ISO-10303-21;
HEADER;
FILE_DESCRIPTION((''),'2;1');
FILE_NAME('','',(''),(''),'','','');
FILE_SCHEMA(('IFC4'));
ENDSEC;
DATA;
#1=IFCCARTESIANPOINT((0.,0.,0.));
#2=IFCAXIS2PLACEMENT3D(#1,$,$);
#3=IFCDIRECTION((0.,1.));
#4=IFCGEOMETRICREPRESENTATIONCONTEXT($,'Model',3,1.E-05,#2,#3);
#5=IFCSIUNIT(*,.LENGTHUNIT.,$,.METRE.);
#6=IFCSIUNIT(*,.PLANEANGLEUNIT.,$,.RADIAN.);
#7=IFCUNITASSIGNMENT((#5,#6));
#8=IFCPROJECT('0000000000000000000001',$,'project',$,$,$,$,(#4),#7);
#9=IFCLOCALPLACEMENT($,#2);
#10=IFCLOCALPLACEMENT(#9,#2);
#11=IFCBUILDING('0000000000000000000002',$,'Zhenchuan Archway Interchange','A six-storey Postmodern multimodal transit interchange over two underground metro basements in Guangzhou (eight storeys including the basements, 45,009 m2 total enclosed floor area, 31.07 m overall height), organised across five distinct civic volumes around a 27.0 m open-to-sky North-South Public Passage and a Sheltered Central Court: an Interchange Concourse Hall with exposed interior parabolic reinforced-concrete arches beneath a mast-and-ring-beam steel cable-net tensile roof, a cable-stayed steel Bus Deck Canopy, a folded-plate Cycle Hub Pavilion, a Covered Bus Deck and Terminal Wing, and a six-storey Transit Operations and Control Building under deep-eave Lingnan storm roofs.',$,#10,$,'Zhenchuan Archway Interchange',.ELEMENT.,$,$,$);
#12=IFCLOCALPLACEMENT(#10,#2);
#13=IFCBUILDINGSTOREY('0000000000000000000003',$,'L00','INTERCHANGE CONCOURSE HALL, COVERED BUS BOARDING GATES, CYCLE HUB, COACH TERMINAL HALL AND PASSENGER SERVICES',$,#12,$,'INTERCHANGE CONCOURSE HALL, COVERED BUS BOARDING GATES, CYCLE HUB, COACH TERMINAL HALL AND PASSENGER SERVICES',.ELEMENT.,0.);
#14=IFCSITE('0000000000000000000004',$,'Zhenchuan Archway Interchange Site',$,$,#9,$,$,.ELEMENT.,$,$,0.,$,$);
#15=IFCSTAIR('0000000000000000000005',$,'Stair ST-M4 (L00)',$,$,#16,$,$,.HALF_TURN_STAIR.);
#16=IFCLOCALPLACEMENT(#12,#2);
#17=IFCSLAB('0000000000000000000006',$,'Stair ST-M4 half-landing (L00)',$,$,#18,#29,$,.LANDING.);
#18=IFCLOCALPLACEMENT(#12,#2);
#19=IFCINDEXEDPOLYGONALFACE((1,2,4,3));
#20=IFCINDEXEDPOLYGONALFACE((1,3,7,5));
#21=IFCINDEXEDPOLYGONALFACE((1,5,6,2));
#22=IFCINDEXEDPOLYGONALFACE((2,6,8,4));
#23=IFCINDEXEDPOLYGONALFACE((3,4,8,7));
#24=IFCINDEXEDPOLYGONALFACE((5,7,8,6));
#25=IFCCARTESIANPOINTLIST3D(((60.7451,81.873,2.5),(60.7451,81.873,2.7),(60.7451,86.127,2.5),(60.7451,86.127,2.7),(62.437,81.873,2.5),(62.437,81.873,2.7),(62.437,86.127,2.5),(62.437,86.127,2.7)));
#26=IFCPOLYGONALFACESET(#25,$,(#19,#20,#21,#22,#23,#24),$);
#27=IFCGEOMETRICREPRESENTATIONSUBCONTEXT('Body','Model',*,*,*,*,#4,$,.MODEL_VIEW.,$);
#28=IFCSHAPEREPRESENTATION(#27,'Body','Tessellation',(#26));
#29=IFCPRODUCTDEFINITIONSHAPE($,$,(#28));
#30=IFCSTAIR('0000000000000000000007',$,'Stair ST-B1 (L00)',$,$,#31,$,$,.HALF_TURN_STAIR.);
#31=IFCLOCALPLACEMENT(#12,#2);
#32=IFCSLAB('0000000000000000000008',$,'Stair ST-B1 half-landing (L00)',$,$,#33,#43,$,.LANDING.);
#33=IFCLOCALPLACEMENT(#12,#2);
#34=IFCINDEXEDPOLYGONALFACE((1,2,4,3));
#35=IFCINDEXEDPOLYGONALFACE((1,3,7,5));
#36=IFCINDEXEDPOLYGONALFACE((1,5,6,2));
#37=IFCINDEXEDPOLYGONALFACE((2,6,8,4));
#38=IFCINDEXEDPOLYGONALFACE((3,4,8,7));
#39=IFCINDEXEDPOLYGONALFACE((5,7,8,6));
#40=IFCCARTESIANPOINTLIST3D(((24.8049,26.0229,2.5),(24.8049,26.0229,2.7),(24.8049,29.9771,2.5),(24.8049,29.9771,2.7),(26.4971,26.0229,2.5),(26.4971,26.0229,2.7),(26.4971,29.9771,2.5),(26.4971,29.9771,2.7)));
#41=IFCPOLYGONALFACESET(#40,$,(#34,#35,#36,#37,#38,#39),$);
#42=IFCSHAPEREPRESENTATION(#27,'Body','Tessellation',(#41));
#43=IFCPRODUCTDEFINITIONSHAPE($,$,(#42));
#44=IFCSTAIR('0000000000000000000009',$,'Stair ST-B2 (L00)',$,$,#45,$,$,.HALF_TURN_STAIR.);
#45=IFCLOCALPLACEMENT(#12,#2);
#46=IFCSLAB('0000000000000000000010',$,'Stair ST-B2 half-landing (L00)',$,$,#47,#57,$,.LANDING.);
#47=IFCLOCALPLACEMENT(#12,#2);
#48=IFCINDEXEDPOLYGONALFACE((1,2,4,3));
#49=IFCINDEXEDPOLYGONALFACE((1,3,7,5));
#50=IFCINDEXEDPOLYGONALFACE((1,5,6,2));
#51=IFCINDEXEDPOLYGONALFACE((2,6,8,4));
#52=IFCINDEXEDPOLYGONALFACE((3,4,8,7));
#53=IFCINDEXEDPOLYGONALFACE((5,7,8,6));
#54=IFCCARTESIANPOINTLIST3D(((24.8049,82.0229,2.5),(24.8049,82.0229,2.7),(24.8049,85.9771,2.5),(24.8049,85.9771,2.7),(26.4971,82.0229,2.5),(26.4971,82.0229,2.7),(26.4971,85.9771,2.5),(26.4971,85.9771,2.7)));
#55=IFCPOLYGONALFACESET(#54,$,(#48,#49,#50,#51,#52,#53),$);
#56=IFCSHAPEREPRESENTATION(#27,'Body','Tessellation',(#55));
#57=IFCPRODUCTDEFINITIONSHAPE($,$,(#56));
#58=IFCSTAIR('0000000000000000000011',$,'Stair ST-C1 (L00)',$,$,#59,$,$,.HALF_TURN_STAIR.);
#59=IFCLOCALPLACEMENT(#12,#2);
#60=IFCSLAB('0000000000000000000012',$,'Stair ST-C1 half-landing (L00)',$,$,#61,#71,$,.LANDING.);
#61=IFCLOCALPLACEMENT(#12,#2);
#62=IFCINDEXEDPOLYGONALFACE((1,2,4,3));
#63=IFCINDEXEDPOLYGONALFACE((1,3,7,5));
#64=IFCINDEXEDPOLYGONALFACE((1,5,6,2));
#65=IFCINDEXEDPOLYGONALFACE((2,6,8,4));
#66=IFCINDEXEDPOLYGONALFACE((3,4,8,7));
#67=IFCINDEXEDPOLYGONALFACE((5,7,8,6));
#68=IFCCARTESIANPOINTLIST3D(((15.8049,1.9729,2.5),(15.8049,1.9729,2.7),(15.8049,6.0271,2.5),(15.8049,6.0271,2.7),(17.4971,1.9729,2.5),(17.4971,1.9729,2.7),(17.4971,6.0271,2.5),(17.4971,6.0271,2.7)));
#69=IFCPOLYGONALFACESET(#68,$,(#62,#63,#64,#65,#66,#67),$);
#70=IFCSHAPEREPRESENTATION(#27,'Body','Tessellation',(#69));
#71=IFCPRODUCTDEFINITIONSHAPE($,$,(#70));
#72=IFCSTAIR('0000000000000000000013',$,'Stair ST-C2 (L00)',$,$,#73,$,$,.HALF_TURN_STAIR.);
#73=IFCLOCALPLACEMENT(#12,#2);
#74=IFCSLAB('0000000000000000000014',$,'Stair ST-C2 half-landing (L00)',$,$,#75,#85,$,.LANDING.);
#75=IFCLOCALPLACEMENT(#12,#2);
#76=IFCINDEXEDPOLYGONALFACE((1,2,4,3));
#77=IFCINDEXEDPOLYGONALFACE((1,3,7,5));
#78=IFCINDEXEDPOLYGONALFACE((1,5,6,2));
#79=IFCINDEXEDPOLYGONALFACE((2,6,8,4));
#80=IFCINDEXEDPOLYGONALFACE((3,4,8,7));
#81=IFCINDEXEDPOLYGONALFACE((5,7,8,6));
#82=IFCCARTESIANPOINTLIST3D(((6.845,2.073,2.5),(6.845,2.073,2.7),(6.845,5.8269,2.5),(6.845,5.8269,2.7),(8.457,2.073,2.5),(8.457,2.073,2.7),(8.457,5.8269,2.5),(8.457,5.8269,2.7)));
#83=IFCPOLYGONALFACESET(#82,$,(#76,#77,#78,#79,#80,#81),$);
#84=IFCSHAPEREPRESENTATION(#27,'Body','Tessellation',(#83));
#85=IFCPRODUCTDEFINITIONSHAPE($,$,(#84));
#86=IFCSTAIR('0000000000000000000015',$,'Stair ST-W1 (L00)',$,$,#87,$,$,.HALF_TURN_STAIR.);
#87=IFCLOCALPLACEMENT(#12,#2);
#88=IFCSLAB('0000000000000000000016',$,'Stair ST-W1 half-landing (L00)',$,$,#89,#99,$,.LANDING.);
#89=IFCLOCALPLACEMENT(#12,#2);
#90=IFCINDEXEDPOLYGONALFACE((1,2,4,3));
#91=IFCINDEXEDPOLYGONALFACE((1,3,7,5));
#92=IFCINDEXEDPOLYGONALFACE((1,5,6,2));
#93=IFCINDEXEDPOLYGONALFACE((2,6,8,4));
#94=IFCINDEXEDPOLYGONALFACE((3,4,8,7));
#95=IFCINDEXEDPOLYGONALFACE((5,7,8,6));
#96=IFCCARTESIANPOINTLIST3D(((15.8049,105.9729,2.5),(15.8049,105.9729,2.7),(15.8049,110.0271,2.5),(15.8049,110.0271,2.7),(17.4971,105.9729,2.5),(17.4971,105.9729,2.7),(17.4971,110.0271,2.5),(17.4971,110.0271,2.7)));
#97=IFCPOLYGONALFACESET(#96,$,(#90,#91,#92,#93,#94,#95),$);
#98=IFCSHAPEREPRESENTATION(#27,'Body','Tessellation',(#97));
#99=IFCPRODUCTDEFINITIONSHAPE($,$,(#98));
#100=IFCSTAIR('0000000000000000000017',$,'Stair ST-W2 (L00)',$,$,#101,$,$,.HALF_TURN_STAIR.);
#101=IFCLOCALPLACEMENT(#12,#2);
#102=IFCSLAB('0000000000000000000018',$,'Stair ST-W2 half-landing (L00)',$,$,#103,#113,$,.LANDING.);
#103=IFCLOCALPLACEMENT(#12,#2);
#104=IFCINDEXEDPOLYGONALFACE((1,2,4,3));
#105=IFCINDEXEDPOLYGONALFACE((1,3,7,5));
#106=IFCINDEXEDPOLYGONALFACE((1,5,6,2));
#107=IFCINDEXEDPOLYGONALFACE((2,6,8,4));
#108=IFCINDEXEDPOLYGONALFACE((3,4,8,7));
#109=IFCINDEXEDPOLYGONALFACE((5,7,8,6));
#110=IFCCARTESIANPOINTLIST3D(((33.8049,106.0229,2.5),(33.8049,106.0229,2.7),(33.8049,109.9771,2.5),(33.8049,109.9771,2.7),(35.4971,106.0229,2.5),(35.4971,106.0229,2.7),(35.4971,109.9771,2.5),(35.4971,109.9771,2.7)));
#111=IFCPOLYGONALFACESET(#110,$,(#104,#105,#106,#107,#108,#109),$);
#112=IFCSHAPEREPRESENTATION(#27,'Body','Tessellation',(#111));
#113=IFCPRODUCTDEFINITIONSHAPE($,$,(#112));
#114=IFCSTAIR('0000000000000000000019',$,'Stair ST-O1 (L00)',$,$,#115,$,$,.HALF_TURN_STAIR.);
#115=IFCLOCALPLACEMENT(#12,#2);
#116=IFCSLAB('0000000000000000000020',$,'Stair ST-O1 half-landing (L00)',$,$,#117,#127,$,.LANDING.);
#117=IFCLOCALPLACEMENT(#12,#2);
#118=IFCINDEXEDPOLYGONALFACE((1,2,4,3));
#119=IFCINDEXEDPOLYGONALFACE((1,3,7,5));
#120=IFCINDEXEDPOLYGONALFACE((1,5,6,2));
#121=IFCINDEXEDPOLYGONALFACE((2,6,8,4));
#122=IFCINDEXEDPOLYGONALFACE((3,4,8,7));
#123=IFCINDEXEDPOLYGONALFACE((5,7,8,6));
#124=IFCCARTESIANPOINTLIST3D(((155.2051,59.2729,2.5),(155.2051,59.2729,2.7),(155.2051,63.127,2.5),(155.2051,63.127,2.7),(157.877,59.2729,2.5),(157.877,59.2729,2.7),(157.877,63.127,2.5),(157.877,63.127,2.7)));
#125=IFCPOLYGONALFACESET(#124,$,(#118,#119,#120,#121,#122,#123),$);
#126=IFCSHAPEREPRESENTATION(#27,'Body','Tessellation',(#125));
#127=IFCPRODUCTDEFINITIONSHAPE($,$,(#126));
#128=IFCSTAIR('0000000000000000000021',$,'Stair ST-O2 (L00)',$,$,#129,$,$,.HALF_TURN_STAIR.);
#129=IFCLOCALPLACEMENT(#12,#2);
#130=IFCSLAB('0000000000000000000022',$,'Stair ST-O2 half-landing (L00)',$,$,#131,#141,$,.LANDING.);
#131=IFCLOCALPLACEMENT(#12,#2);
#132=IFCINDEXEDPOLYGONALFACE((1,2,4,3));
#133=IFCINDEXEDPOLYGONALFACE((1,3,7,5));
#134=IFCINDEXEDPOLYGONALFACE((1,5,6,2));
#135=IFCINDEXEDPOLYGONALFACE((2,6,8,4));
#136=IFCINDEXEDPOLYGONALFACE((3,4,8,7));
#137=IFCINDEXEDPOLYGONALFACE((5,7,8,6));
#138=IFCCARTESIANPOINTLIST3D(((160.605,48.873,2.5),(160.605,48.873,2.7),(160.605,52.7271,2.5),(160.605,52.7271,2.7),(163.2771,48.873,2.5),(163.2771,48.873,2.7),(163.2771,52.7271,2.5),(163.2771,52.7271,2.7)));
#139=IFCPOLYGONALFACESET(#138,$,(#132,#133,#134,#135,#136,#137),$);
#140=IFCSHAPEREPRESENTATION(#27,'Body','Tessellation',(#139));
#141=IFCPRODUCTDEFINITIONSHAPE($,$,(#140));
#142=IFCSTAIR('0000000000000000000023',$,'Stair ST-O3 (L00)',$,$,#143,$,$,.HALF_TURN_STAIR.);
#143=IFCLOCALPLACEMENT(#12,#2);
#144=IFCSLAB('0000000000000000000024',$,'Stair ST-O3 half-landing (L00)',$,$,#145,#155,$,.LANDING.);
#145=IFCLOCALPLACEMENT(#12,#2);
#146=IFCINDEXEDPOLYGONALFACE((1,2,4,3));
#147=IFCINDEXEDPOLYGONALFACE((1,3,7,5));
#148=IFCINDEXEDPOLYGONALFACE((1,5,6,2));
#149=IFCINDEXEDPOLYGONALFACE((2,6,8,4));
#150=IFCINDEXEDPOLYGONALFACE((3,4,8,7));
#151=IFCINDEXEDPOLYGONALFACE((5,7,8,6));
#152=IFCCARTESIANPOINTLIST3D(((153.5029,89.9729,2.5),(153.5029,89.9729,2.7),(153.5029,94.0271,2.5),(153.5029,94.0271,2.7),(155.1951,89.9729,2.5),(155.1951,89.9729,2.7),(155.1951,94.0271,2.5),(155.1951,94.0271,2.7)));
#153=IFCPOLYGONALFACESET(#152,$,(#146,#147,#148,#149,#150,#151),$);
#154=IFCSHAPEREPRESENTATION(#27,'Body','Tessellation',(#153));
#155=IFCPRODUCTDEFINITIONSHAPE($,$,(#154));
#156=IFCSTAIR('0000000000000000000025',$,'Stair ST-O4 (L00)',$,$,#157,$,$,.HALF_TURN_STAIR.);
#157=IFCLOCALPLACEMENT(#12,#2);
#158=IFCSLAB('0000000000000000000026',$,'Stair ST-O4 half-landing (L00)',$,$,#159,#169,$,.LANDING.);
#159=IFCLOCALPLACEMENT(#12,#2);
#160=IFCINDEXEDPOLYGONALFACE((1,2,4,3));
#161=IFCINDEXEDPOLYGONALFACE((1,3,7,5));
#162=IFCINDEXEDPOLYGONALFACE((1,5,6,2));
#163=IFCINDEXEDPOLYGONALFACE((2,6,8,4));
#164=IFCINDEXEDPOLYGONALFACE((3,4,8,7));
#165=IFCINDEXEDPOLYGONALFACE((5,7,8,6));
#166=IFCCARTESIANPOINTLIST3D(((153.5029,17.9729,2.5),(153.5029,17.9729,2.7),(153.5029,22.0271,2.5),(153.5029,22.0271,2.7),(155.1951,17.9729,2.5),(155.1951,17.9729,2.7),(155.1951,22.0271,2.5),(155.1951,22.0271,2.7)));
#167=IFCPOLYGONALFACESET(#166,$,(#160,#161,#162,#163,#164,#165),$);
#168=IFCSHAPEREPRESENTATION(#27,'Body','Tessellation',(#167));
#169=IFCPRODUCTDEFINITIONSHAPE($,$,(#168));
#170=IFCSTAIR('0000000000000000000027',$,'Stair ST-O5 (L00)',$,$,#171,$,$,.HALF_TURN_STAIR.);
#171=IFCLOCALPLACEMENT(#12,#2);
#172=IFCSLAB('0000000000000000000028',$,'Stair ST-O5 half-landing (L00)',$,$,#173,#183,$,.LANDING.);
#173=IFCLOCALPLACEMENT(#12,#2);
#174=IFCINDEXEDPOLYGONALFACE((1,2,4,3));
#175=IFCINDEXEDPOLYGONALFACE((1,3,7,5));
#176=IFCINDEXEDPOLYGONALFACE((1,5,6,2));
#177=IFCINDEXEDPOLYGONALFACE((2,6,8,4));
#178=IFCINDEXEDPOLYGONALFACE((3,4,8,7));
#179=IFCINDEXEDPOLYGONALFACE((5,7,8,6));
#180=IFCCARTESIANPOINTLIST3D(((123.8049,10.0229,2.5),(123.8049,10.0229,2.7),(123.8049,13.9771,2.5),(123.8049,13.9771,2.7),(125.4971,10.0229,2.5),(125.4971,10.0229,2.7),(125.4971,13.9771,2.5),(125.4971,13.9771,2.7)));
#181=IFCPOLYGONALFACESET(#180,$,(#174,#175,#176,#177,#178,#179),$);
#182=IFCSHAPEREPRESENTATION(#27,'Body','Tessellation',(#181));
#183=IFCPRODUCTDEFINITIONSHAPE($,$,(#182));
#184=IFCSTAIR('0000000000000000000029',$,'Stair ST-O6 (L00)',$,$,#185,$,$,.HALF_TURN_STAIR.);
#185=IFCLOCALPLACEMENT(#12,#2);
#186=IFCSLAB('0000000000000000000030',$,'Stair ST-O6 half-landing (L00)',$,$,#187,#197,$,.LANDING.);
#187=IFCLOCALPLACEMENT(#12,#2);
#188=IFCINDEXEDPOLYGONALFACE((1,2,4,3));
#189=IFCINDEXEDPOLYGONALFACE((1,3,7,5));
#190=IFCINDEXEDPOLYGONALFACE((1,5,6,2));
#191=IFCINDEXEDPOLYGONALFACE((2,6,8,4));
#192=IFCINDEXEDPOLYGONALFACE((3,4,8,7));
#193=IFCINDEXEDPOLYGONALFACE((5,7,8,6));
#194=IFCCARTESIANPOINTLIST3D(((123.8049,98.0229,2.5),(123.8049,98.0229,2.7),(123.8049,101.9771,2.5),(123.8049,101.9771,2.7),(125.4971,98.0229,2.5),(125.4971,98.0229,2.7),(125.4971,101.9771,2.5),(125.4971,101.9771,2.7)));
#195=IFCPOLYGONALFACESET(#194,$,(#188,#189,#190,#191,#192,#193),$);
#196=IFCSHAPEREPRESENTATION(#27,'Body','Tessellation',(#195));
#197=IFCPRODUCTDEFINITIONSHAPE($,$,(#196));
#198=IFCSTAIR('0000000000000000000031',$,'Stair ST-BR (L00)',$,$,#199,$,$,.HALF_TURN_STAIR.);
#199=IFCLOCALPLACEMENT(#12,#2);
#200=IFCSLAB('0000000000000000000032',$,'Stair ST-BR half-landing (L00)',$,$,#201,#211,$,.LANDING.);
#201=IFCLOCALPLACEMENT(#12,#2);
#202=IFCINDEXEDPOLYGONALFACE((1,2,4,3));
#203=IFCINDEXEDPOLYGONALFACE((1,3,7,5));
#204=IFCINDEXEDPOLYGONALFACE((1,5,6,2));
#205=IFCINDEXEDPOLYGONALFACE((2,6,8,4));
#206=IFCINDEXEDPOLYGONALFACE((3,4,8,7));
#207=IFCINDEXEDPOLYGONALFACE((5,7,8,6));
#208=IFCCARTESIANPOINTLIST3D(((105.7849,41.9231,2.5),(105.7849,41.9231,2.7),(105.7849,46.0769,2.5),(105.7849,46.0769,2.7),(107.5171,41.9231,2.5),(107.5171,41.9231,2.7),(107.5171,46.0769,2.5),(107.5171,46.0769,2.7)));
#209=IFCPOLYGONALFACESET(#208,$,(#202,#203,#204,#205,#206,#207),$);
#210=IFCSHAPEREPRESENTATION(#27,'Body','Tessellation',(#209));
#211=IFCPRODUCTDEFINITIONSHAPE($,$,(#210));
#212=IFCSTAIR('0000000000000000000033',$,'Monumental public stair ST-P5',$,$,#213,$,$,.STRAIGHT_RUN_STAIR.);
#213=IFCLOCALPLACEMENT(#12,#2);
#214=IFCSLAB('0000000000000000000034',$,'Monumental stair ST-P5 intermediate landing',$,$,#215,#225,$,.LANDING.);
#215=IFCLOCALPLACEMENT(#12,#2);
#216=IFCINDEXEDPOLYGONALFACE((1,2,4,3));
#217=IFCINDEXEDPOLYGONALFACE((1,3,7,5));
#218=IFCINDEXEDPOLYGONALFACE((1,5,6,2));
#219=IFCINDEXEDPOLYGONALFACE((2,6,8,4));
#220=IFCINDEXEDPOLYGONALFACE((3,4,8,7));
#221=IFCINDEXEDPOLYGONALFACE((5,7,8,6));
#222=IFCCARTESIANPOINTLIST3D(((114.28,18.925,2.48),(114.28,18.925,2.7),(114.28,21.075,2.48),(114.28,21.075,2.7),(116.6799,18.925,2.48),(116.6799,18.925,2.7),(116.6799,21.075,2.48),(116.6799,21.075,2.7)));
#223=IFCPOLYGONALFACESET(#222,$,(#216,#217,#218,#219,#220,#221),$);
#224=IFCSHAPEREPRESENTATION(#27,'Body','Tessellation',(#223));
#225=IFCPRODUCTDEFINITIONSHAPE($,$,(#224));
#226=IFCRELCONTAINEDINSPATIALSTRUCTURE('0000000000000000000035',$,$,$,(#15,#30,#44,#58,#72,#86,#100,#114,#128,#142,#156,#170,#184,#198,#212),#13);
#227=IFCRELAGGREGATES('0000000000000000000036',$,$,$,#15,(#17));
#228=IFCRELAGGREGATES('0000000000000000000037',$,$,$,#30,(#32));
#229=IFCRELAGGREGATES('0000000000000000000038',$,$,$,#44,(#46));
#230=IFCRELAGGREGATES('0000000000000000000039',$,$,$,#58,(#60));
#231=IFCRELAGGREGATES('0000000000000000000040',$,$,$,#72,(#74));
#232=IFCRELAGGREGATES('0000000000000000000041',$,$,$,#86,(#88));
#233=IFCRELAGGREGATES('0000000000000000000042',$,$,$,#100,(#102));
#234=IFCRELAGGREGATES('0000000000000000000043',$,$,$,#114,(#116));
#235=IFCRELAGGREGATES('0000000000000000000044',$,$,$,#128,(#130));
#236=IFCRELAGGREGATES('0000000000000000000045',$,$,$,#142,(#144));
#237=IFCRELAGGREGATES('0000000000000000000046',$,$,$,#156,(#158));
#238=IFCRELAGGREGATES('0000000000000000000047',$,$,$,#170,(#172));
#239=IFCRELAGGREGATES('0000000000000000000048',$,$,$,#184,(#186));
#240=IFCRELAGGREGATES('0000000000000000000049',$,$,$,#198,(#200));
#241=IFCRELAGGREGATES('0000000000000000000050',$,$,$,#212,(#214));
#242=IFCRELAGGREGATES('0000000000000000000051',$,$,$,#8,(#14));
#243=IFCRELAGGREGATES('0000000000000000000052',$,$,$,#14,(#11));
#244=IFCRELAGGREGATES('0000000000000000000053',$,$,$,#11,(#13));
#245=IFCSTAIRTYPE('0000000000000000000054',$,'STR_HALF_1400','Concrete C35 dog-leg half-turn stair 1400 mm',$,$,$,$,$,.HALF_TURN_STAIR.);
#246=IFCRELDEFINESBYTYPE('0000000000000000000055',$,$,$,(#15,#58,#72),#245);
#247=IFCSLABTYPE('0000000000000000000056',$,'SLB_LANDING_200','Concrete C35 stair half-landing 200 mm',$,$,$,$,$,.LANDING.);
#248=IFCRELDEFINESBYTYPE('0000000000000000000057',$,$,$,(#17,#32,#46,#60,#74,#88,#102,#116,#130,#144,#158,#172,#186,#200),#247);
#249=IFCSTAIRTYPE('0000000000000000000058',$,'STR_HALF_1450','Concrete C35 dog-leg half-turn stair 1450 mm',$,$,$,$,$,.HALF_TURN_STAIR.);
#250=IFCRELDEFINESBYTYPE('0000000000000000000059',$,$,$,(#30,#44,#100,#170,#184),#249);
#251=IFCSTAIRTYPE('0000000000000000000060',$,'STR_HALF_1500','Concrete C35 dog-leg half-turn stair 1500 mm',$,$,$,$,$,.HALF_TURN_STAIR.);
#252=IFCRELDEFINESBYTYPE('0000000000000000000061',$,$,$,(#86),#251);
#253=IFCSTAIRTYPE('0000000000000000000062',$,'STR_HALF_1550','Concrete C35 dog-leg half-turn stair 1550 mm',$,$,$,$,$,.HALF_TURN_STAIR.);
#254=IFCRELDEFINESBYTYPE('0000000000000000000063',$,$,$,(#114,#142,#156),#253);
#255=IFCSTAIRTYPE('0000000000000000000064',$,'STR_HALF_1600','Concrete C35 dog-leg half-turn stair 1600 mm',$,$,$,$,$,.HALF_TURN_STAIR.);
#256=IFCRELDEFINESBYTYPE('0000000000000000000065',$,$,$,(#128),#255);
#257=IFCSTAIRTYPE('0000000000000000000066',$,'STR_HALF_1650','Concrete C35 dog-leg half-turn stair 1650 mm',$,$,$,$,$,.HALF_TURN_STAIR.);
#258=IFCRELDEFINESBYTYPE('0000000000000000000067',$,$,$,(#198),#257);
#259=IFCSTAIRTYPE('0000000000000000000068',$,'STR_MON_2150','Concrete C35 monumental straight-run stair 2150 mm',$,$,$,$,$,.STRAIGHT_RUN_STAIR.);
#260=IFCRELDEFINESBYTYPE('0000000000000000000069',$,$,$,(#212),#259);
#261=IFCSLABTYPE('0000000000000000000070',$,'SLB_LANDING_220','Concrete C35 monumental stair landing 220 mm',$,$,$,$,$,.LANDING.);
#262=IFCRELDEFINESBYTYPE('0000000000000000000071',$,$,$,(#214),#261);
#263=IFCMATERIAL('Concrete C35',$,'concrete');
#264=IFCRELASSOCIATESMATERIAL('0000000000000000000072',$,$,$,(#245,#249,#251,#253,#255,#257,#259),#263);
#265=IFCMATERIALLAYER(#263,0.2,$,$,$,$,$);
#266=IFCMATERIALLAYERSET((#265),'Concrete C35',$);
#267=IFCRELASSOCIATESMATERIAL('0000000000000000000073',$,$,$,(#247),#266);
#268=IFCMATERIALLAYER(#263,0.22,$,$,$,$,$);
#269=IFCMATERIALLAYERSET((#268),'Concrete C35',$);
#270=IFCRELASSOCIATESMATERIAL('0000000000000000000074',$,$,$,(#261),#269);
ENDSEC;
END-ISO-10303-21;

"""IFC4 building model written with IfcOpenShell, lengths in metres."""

from ifc_helpers import new_model, si_unit, direction, frame, origin, place, context, subcontext, project, spatial, polyline, outline, extrude, material, layer, layer_set, type_object, element, aggregate, save


model = new_model("IFC4")

# Units and contexts
model_context = context("Model", 3, precision=1e-05, world=origin(), true_north=direction((0.0, 1.0)))
body_context = subcontext(model_context, "Body", "Model", "MODEL_VIEW")
ifc_project = project(units=[si_unit("LENGTHUNIT", "METRE"), si_unit("PLANEANGLEUNIT", "RADIAN")], contexts=[model_context])

# Site, building, storey
site_placement = place(None, origin())
site = spatial("IfcSite", under=ifc_project, at=site_placement, Name="Zhenchuan Archway Interchange Site", CompositionType="ELEMENT", RefElevation=0.0)
building_placement = place(site_placement, origin())
building = spatial("IfcBuilding", under=site, at=building_placement, Name="Zhenchuan Archway Interchange", Description="A six-storey Postmodern multimodal transit interchange over two underground metro basements in Guangzhou (eight storeys including the basements, 45,009 m2 total enclosed floor area, 31.07 m overall height), organised across five distinct civic volumes around a 27.0 m open-to-sky North-South Public Passage and a Sheltered Central Court: an Interchange Concourse Hall with exposed interior parabolic reinforced-concrete arches beneath a mast-and-ring-beam steel cable-net tensile roof, a cable-stayed steel Bus Deck Canopy, a folded-plate Cycle Hub Pavilion, a Covered Bus Deck and Terminal Wing, and a six-storey Transit Operations and Control Building under deep-eave Lingnan storm roofs.", LongName="Zhenchuan Archway Interchange", CompositionType="ELEMENT")
storey_placement = place(building_placement, origin())
storey = spatial("IfcBuildingStorey", under=building, at=storey_placement, Name="L00", Description="INTERCHANGE CONCOURSE HALL, COVERED BUS BOARDING GATES, CYCLE HUB, COACH TERMINAL HALL AND PASSENGER SERVICES", LongName="INTERCHANGE CONCOURSE HALL, COVERED BUS BOARDING GATES, CYCLE HUB, COACH TERMINAL HALL AND PASSENGER SERVICES", CompositionType="ELEMENT", Elevation=0.0)

# Stairs, slabs
ifc_material_1 = material(Name="Concrete C35", Category="concrete")
stair_type_1 = type_object("IfcStairType", Name="STR_HALF_1400", Description="Concrete C35 dog-leg half-turn stair 1400 mm", PredefinedType="HALF_TURN_STAIR", material=ifc_material_1)
stair_1_placement = place(storey_placement, origin())
stair_1 = element("IfcStair", 1, at=stair_1_placement, inside=storey, type_object=stair_type_1, Name="Stair ST-M4 (L00)", PredefinedType="HALF_TURN_STAIR")
ifc_layer_1 = layer(ifc_material_1, 0.2)
ifc_layer_set_1 = layer_set([ifc_layer_1], Name="Concrete C35")
slab_type_1 = type_object("IfcSlabType", Name="SLB_LANDING_200", Description="Concrete C35 stair half-landing 200 mm", PredefinedType="LANDING", material=ifc_layer_set_1)
slab_1_placement = place(storey_placement, frame((0.0, 0.0, 2.5)))
slab_1 = element("IfcSlab", 2, at=slab_1_placement, type_object=slab_type_1, Name="Stair ST-M4 half-landing (L00)", PredefinedType="LANDING", context=body_context, shape_type="SweptSolid", body=[
    extrude(outline(polyline([(60.7451, 81.873), (62.437, 81.873), (62.437, 86.127), (60.7451, 86.127), (60.7451, 81.873)])), origin(), (0.0, 0.0, 1.0), 0.2),
])
aggregate(stair_1, [slab_1])
stair_type_2 = type_object("IfcStairType", Name="STR_HALF_1450", Description="Concrete C35 dog-leg half-turn stair 1450 mm", PredefinedType="HALF_TURN_STAIR", material=ifc_material_1)
stair_2_placement = place(storey_placement, origin())
stair_2 = element("IfcStair", 3, at=stair_2_placement, inside=storey, type_object=stair_type_2, Name="Stair ST-B1 (L00)", PredefinedType="HALF_TURN_STAIR")
slab_2_placement = place(storey_placement, frame((0.0, 0.0, 2.5)))
slab_2 = element("IfcSlab", 4, at=slab_2_placement, type_object=slab_type_1, Name="Stair ST-B1 half-landing (L00)", PredefinedType="LANDING", context=body_context, shape_type="SweptSolid", body=[
    extrude(outline(polyline([(24.8049, 26.0229), (26.4971, 26.0229), (26.4971, 29.9771), (24.8049, 29.9771), (24.8049, 26.0229)])), origin(), (0.0, 0.0, 1.0), 0.2),
])
aggregate(stair_2, [slab_2])
stair_3_placement = place(storey_placement, origin())
stair_3 = element("IfcStair", 5, at=stair_3_placement, inside=storey, type_object=stair_type_2, Name="Stair ST-B2 (L00)", PredefinedType="HALF_TURN_STAIR")
slab_3_placement = place(storey_placement, frame((0.0, 0.0, 2.5)))
slab_3 = element("IfcSlab", 6, at=slab_3_placement, type_object=slab_type_1, Name="Stair ST-B2 half-landing (L00)", PredefinedType="LANDING", context=body_context, shape_type="SweptSolid", body=[
    extrude(outline(polyline([(24.8049, 82.0229), (26.4971, 82.0229), (26.4971, 85.9771), (24.8049, 85.9771), (24.8049, 82.0229)])), origin(), (0.0, 0.0, 1.0), 0.2),
])
aggregate(stair_3, [slab_3])
stair_4_placement = place(storey_placement, origin())
stair_4 = element("IfcStair", 7, at=stair_4_placement, inside=storey, type_object=stair_type_1, Name="Stair ST-C1 (L00)", PredefinedType="HALF_TURN_STAIR")
slab_4_placement = place(storey_placement, frame((0.0, 0.0, 2.5)))
slab_4 = element("IfcSlab", 8, at=slab_4_placement, type_object=slab_type_1, Name="Stair ST-C1 half-landing (L00)", PredefinedType="LANDING", context=body_context, shape_type="SweptSolid", body=[
    extrude(outline(polyline([(15.8049, 1.9729), (17.4971, 1.9729), (17.4971, 6.0271), (15.8049, 6.0271), (15.8049, 1.9729)])), origin(), (0.0, 0.0, 1.0), 0.2),
])
aggregate(stair_4, [slab_4])
stair_5_placement = place(storey_placement, origin())
stair_5 = element("IfcStair", 9, at=stair_5_placement, inside=storey, type_object=stair_type_1, Name="Stair ST-C2 (L00)", PredefinedType="HALF_TURN_STAIR")
slab_5_placement = place(storey_placement, frame((0.0, 0.0, 2.5)))
slab_5 = element("IfcSlab", 10, at=slab_5_placement, type_object=slab_type_1, Name="Stair ST-C2 half-landing (L00)", PredefinedType="LANDING", context=body_context, shape_type="SweptSolid", body=[
    extrude(outline(polyline([(6.845, 2.073), (8.457, 2.073), (8.457, 5.8269), (6.845, 5.8269), (6.845, 2.073)])), origin(), (0.0, 0.0, 1.0), 0.2),
])
aggregate(stair_5, [slab_5])
stair_type_3 = type_object("IfcStairType", Name="STR_HALF_1500", Description="Concrete C35 dog-leg half-turn stair 1500 mm", PredefinedType="HALF_TURN_STAIR", material=ifc_material_1)
stair_6_placement = place(storey_placement, origin())
stair_6 = element("IfcStair", 11, at=stair_6_placement, inside=storey, type_object=stair_type_3, Name="Stair ST-W1 (L00)", PredefinedType="HALF_TURN_STAIR")
slab_6_placement = place(storey_placement, frame((0.0, 0.0, 2.5)))
slab_6 = element("IfcSlab", 12, at=slab_6_placement, type_object=slab_type_1, Name="Stair ST-W1 half-landing (L00)", PredefinedType="LANDING", context=body_context, shape_type="SweptSolid", body=[
    extrude(outline(polyline([(15.8049, 105.9729), (17.4971, 105.9729), (17.4971, 110.0271), (15.8049, 110.0271), (15.8049, 105.9729)])), origin(), (0.0, 0.0, 1.0), 0.2),
])
aggregate(stair_6, [slab_6])
stair_7_placement = place(storey_placement, origin())
stair_7 = element("IfcStair", 13, at=stair_7_placement, inside=storey, type_object=stair_type_2, Name="Stair ST-W2 (L00)", PredefinedType="HALF_TURN_STAIR")
slab_7_placement = place(storey_placement, frame((0.0, 0.0, 2.5)))
slab_7 = element("IfcSlab", 14, at=slab_7_placement, type_object=slab_type_1, Name="Stair ST-W2 half-landing (L00)", PredefinedType="LANDING", context=body_context, shape_type="SweptSolid", body=[
    extrude(outline(polyline([(33.8049, 106.0229), (35.4971, 106.0229), (35.4971, 109.9771), (33.8049, 109.9771), (33.8049, 106.0229)])), origin(), (0.0, 0.0, 1.0), 0.2),
])
aggregate(stair_7, [slab_7])
stair_type_4 = type_object("IfcStairType", Name="STR_HALF_1550", Description="Concrete C35 dog-leg half-turn stair 1550 mm", PredefinedType="HALF_TURN_STAIR", material=ifc_material_1)
stair_8_placement = place(storey_placement, origin())
stair_8 = element("IfcStair", 15, at=stair_8_placement, inside=storey, type_object=stair_type_4, Name="Stair ST-O1 (L00)", PredefinedType="HALF_TURN_STAIR")
slab_8_placement = place(storey_placement, frame((0.0, 0.0, 2.5)))
slab_8 = element("IfcSlab", 16, at=slab_8_placement, type_object=slab_type_1, Name="Stair ST-O1 half-landing (L00)", PredefinedType="LANDING", context=body_context, shape_type="SweptSolid", body=[
    extrude(outline(polyline([(155.2051, 59.2729), (157.877, 59.2729), (157.877, 63.127), (155.2051, 63.127), (155.2051, 59.2729)])), origin(), (0.0, 0.0, 1.0), 0.2),
])
aggregate(stair_8, [slab_8])
stair_type_5 = type_object("IfcStairType", Name="STR_HALF_1600", Description="Concrete C35 dog-leg half-turn stair 1600 mm", PredefinedType="HALF_TURN_STAIR", material=ifc_material_1)
stair_9_placement = place(storey_placement, origin())
stair_9 = element("IfcStair", 17, at=stair_9_placement, inside=storey, type_object=stair_type_5, Name="Stair ST-O2 (L00)", PredefinedType="HALF_TURN_STAIR")
slab_9_placement = place(storey_placement, frame((0.0, 0.0, 2.5)))
slab_9 = element("IfcSlab", 18, at=slab_9_placement, type_object=slab_type_1, Name="Stair ST-O2 half-landing (L00)", PredefinedType="LANDING", context=body_context, shape_type="SweptSolid", body=[
    extrude(outline(polyline([(160.605, 48.873), (163.2771, 48.873), (163.2771, 52.7271), (160.605, 52.7271), (160.605, 48.873)])), origin(), (0.0, 0.0, 1.0), 0.2),
])
aggregate(stair_9, [slab_9])
stair_10_placement = place(storey_placement, origin())
stair_10 = element("IfcStair", 19, at=stair_10_placement, inside=storey, type_object=stair_type_4, Name="Stair ST-O3 (L00)", PredefinedType="HALF_TURN_STAIR")
slab_10_placement = place(storey_placement, frame((0.0, 0.0, 2.5)))
slab_10 = element("IfcSlab", 20, at=slab_10_placement, type_object=slab_type_1, Name="Stair ST-O3 half-landing (L00)", PredefinedType="LANDING", context=body_context, shape_type="SweptSolid", body=[
    extrude(outline(polyline([(153.5029, 89.9729), (155.1951, 89.9729), (155.1951, 94.0271), (153.5029, 94.0271), (153.5029, 89.9729)])), origin(), (0.0, 0.0, 1.0), 0.2),
])
aggregate(stair_10, [slab_10])
stair_11_placement = place(storey_placement, origin())
stair_11 = element("IfcStair", 21, at=stair_11_placement, inside=storey, type_object=stair_type_4, Name="Stair ST-O4 (L00)", PredefinedType="HALF_TURN_STAIR")
slab_11_placement = place(storey_placement, frame((0.0, 0.0, 2.5)))
slab_11 = element("IfcSlab", 22, at=slab_11_placement, type_object=slab_type_1, Name="Stair ST-O4 half-landing (L00)", PredefinedType="LANDING", context=body_context, shape_type="SweptSolid", body=[
    extrude(outline(polyline([(153.5029, 17.9729), (155.1951, 17.9729), (155.1951, 22.0271), (153.5029, 22.0271), (153.5029, 17.9729)])), origin(), (0.0, 0.0, 1.0), 0.2),
])
aggregate(stair_11, [slab_11])
stair_12_placement = place(storey_placement, origin())
stair_12 = element("IfcStair", 23, at=stair_12_placement, inside=storey, type_object=stair_type_2, Name="Stair ST-O5 (L00)", PredefinedType="HALF_TURN_STAIR")
slab_12_placement = place(storey_placement, frame((0.0, 0.0, 2.5)))
slab_12 = element("IfcSlab", 24, at=slab_12_placement, type_object=slab_type_1, Name="Stair ST-O5 half-landing (L00)", PredefinedType="LANDING", context=body_context, shape_type="SweptSolid", body=[
    extrude(outline(polyline([(123.8049, 10.0229), (125.4971, 10.0229), (125.4971, 13.9771), (123.8049, 13.9771), (123.8049, 10.0229)])), origin(), (0.0, 0.0, 1.0), 0.2),
])
aggregate(stair_12, [slab_12])
stair_13_placement = place(storey_placement, origin())
stair_13 = element("IfcStair", 25, at=stair_13_placement, inside=storey, type_object=stair_type_2, Name="Stair ST-O6 (L00)", PredefinedType="HALF_TURN_STAIR")
slab_13_placement = place(storey_placement, frame((0.0, 0.0, 2.5)))
slab_13 = element("IfcSlab", 26, at=slab_13_placement, type_object=slab_type_1, Name="Stair ST-O6 half-landing (L00)", PredefinedType="LANDING", context=body_context, shape_type="SweptSolid", body=[
    extrude(outline(polyline([(123.8049, 98.0229), (125.4971, 98.0229), (125.4971, 101.9771), (123.8049, 101.9771), (123.8049, 98.0229)])), origin(), (0.0, 0.0, 1.0), 0.2),
])
aggregate(stair_13, [slab_13])
stair_type_6 = type_object("IfcStairType", Name="STR_HALF_1650", Description="Concrete C35 dog-leg half-turn stair 1650 mm", PredefinedType="HALF_TURN_STAIR", material=ifc_material_1)
stair_14_placement = place(storey_placement, origin())
stair_14 = element("IfcStair", 27, at=stair_14_placement, inside=storey, type_object=stair_type_6, Name="Stair ST-BR (L00)", PredefinedType="HALF_TURN_STAIR")
slab_14_placement = place(storey_placement, frame((0.0, 0.0, 2.5)))
slab_14 = element("IfcSlab", 28, at=slab_14_placement, type_object=slab_type_1, Name="Stair ST-BR half-landing (L00)", PredefinedType="LANDING", context=body_context, shape_type="SweptSolid", body=[
    extrude(outline(polyline([(105.7849, 41.9231), (107.5171, 41.9231), (107.5171, 46.0769), (105.7849, 46.0769), (105.7849, 41.9231)])), origin(), (0.0, 0.0, 1.0), 0.2),
])
aggregate(stair_14, [slab_14])
stair_type_7 = type_object("IfcStairType", Name="STR_MON_2150", Description="Concrete C35 monumental straight-run stair 2150 mm", PredefinedType="STRAIGHT_RUN_STAIR", material=ifc_material_1)
stair_15_placement = place(storey_placement, origin())
stair_15 = element("IfcStair", 29, at=stair_15_placement, inside=storey, type_object=stair_type_7, Name="Monumental public stair ST-P5", PredefinedType="STRAIGHT_RUN_STAIR")
ifc_layer_2 = layer(ifc_material_1, 0.22)
ifc_layer_set_2 = layer_set([ifc_layer_2], Name="Concrete C35")
slab_type_2 = type_object("IfcSlabType", Name="SLB_LANDING_220", Description="Concrete C35 monumental stair landing 220 mm", PredefinedType="LANDING", material=ifc_layer_set_2)
slab_15_placement = place(storey_placement, frame((0.0, 0.0, 2.48)))
slab_15 = element("IfcSlab", 30, at=slab_15_placement, type_object=slab_type_2, Name="Monumental stair ST-P5 intermediate landing", PredefinedType="LANDING", context=body_context, shape_type="SweptSolid", body=[
    extrude(outline(polyline([(114.28, 18.925), (116.6799, 18.925), (116.6799, 21.075), (114.28, 21.075), (114.28, 18.925)])), origin(), (0.0, 0.0, 1.0), 0.22),
])
aggregate(stair_15, [slab_15])

save(model, "model.ifc")
